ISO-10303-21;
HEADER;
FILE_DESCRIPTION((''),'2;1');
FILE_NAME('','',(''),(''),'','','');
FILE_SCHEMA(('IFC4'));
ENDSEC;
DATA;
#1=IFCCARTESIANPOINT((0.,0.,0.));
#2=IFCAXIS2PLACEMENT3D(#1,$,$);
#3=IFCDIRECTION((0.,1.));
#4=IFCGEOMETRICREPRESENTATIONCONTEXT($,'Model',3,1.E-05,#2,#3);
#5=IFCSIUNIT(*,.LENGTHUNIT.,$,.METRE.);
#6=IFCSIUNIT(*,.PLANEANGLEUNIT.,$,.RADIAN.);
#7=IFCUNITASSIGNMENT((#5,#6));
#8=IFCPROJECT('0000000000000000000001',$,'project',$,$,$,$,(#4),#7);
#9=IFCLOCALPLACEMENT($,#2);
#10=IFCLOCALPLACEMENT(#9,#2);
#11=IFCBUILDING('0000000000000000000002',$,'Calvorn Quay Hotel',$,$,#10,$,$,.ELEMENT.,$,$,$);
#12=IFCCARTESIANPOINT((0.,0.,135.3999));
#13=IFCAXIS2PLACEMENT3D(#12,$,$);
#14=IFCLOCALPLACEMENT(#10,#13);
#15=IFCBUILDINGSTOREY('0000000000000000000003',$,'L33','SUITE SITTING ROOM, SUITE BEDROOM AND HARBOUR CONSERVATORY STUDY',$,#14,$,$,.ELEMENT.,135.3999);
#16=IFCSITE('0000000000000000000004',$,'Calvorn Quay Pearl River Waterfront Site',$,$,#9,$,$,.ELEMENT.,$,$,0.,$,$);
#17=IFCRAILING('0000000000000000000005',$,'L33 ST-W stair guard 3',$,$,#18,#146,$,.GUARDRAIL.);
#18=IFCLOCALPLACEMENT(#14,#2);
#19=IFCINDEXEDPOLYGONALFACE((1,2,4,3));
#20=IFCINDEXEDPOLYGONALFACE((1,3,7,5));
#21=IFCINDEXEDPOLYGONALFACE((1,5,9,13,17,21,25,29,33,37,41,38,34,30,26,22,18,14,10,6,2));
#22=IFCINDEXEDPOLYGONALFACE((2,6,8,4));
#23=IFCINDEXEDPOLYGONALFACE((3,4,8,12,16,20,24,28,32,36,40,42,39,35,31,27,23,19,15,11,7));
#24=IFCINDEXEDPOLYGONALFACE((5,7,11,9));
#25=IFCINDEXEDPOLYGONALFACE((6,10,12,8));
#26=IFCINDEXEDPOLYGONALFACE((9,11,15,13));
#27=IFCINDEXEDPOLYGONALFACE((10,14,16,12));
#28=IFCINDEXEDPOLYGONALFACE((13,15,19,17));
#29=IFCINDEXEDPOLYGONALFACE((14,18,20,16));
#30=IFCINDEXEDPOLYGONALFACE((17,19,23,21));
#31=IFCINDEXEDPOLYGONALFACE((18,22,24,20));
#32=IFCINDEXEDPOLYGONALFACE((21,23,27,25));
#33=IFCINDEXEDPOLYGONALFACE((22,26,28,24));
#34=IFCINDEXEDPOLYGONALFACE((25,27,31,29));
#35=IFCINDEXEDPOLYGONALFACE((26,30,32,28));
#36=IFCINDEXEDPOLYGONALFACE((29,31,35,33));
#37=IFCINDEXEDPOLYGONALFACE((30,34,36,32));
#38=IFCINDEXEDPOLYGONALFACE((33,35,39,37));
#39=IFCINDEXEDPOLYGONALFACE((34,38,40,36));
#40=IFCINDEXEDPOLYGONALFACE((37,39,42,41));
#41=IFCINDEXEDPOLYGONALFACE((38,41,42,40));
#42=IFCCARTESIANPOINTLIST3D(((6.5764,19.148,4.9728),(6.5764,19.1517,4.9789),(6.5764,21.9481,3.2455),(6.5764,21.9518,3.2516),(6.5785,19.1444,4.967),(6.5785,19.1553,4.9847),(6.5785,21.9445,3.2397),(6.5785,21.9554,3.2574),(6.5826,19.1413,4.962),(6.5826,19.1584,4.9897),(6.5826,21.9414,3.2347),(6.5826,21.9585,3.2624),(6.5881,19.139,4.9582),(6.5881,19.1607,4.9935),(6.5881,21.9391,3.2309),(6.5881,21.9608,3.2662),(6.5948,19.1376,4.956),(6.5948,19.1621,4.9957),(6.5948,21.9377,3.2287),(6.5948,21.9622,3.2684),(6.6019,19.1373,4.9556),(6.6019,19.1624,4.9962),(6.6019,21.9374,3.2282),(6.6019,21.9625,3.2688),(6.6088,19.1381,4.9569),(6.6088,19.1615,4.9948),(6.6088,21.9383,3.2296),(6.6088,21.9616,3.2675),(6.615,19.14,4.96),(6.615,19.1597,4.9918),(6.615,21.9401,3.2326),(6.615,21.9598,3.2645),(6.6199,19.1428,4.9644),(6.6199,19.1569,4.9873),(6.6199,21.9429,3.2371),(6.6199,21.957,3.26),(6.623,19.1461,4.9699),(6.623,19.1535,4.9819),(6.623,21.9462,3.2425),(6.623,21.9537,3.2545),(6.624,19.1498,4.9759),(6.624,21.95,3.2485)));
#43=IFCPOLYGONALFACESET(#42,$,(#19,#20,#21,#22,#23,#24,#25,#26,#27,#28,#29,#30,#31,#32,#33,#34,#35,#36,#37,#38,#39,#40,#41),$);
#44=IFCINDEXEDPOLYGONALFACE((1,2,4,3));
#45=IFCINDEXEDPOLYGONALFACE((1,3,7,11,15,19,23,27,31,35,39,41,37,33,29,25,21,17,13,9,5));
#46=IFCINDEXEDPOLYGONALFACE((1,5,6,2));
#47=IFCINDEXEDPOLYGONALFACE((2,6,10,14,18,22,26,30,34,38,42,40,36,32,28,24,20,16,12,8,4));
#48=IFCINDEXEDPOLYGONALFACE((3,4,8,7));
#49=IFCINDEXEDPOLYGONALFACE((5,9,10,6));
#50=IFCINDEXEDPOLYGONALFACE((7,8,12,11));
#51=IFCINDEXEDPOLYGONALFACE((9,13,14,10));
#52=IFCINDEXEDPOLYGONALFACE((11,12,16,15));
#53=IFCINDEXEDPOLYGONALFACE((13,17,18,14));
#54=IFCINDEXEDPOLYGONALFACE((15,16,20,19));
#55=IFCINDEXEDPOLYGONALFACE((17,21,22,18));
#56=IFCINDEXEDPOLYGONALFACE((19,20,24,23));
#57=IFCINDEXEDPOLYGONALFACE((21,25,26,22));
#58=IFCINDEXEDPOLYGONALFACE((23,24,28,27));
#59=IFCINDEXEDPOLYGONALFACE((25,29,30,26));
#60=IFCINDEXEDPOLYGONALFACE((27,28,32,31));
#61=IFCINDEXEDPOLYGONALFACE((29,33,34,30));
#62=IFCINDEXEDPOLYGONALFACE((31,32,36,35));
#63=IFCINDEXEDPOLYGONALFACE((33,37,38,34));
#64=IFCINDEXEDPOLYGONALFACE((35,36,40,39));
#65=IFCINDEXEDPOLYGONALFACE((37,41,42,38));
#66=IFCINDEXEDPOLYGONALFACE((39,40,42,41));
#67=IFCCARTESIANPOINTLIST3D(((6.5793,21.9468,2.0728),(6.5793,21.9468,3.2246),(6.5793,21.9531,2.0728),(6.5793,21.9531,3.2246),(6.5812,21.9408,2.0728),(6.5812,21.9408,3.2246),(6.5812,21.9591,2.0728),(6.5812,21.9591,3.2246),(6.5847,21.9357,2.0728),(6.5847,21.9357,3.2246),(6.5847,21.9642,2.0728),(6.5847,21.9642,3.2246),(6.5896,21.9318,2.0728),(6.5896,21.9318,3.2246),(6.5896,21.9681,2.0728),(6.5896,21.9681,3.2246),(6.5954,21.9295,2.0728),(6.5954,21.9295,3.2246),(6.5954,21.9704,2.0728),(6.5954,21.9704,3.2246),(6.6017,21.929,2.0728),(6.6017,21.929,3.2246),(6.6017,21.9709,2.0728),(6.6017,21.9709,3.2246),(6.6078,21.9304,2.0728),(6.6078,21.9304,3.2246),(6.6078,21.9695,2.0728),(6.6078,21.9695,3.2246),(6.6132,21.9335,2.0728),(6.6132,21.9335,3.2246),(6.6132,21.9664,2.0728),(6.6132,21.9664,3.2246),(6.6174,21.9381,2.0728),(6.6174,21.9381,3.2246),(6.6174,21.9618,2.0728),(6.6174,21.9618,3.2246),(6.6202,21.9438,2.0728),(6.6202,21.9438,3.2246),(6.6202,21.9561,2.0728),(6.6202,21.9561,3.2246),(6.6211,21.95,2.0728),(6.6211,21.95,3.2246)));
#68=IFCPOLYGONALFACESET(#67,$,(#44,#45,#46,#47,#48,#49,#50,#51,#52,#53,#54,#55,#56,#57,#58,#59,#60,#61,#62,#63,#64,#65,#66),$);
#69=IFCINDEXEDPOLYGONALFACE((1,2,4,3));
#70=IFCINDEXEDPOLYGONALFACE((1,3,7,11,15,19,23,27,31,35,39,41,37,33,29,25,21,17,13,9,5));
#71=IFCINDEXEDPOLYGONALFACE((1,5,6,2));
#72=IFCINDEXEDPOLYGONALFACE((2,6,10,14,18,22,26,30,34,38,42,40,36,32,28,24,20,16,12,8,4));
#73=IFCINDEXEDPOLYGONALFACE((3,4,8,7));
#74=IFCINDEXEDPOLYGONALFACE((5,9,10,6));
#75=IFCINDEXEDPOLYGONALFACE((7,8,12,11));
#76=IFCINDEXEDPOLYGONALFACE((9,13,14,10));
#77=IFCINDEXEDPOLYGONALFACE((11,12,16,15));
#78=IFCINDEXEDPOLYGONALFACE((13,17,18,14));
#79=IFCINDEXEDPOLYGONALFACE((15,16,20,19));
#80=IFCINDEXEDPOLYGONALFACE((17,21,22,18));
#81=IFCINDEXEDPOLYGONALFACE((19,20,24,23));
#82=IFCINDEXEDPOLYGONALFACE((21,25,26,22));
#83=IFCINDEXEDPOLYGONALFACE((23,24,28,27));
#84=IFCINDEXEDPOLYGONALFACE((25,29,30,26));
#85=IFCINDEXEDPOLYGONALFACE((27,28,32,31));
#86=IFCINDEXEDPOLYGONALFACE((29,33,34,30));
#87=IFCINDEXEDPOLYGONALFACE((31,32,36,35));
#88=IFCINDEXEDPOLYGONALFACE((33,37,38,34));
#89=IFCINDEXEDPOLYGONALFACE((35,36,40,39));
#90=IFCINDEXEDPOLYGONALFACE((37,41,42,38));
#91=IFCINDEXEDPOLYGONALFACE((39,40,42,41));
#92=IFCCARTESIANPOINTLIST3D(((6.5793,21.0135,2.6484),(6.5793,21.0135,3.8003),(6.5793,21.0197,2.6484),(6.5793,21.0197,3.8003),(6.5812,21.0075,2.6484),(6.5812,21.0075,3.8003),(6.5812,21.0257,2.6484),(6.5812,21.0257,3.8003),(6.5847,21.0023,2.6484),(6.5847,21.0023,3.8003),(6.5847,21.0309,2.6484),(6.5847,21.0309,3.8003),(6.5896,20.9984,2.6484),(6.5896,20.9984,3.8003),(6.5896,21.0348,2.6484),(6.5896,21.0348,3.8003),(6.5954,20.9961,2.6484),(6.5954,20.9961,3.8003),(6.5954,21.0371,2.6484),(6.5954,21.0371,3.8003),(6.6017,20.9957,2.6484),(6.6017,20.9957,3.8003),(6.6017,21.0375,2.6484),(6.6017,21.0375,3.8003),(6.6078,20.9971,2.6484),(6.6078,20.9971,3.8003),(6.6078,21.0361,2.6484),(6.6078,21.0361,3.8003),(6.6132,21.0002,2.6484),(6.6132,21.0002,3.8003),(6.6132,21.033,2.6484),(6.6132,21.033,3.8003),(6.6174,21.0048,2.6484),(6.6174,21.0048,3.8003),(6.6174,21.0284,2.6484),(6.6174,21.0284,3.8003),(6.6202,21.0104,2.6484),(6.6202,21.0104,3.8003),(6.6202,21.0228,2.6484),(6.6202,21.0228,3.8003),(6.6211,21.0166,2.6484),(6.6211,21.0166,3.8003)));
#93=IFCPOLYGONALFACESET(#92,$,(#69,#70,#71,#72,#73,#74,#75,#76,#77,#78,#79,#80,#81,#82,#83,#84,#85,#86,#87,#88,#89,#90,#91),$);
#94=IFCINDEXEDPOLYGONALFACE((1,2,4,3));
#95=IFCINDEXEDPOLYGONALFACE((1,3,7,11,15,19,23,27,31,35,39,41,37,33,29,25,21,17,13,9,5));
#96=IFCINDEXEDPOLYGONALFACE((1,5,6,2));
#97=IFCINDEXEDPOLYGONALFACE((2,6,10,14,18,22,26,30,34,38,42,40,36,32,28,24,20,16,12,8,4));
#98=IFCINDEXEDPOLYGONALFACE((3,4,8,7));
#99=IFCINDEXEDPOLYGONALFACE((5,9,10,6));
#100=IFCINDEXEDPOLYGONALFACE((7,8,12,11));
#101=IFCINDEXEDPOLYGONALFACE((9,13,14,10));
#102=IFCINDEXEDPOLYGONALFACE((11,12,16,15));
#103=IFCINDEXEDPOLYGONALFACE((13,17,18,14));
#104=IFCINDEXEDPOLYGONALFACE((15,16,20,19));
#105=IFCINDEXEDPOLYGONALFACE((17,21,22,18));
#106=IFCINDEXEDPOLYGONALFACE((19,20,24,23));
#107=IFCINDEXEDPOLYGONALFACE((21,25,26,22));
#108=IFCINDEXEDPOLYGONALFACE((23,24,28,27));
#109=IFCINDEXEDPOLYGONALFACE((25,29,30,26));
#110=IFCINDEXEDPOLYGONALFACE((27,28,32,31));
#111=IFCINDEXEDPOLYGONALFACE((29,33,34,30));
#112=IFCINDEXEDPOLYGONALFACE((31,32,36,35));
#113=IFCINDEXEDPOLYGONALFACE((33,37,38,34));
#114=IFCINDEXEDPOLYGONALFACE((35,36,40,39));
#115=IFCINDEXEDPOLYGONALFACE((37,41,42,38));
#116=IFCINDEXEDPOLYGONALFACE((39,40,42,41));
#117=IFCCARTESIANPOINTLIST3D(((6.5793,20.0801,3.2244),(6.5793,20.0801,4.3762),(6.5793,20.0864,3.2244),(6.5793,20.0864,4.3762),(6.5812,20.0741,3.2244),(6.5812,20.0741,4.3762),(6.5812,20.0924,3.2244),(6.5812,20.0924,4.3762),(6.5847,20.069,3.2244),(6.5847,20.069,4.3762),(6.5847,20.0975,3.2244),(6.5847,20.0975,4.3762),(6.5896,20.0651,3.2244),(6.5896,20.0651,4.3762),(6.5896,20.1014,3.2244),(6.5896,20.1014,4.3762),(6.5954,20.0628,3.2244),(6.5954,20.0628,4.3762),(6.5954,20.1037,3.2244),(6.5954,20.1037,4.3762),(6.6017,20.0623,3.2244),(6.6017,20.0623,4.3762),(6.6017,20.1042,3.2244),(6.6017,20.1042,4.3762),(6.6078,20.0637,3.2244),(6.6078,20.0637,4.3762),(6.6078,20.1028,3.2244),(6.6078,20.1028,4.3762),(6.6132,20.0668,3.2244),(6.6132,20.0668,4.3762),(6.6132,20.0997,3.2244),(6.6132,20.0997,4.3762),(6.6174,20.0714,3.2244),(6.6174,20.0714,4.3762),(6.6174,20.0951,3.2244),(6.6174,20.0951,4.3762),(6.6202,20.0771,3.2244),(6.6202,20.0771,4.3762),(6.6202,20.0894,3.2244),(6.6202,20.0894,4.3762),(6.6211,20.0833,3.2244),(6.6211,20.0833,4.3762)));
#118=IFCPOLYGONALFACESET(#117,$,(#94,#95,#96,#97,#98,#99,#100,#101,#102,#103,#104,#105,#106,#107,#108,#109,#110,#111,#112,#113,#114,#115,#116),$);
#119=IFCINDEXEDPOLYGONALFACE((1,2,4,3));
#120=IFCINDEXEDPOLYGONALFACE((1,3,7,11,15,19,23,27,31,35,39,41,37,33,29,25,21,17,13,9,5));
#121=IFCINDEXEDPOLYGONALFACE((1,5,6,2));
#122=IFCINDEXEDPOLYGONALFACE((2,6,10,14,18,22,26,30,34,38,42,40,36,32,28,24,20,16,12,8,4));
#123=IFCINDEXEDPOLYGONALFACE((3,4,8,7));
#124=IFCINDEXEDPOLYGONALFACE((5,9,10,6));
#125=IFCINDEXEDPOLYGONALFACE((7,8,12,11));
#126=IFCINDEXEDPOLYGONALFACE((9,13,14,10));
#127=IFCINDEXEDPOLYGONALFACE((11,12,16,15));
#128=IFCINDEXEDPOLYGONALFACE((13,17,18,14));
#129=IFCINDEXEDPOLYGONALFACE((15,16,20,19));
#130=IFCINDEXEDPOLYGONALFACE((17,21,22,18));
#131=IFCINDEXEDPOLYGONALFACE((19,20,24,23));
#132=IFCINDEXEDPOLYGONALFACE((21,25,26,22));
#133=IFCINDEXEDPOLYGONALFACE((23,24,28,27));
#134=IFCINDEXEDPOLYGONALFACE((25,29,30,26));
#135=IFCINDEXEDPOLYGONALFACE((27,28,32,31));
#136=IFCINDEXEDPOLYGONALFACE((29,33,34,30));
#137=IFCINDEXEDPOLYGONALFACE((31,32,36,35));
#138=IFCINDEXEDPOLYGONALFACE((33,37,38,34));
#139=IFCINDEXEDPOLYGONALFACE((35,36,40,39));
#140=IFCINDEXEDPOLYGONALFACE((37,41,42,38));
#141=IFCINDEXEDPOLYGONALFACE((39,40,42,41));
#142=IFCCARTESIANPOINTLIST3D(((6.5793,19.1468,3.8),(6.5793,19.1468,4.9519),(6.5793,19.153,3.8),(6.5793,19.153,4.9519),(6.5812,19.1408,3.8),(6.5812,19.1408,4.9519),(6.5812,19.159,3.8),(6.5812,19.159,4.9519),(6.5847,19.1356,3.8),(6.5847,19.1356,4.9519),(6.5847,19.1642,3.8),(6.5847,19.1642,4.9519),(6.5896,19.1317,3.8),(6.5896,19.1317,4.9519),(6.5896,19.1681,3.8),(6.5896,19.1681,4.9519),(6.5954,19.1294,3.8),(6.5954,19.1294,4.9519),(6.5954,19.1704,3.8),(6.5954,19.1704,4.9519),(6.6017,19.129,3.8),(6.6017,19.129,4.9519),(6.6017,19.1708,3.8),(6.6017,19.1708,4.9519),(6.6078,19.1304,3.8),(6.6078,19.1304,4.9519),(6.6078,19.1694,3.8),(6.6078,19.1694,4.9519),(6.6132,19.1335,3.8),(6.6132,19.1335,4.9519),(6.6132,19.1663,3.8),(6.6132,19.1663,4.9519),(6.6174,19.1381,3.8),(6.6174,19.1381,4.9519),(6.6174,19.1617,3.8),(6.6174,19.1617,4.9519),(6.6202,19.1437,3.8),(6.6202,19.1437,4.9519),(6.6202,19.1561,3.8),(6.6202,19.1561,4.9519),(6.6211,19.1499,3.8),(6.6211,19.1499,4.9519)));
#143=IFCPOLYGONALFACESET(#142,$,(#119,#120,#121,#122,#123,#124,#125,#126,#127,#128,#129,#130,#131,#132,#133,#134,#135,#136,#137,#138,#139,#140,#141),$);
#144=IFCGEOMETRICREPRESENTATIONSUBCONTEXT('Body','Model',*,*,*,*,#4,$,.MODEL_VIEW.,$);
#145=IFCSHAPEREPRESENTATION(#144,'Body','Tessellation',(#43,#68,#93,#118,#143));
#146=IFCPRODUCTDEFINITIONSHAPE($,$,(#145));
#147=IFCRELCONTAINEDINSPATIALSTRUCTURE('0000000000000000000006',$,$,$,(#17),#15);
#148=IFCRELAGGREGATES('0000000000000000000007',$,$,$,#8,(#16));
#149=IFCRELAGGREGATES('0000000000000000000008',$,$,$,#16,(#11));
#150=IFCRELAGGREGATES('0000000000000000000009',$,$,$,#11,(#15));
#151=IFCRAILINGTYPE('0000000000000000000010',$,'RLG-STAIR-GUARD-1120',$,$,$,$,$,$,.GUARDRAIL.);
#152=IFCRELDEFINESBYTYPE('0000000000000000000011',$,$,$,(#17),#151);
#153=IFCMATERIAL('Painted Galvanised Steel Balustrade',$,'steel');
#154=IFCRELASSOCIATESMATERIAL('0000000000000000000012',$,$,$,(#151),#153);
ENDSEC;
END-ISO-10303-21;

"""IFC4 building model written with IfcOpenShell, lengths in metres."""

from ifc_helpers import new_model, si_unit, direction, frame, origin, origin_2d, place, context, subcontext, project, spatial, circle, extrude, material, type_object, element, save


model = new_model("IFC4")

# Units and contexts
model_context = context("Model", 3, precision=1e-05, world=origin(), true_north=direction((0.0, 1.0)))
body_context = subcontext(model_context, "Body", "Model", "MODEL_VIEW")
ifc_project = project(units=[si_unit("LENGTHUNIT", "METRE"), si_unit("PLANEANGLEUNIT", "RADIAN")], contexts=[model_context])

# Site, building, storey
site_placement = place(None, origin())
site = spatial("IfcSite", under=ifc_project, at=site_placement, Name="Calvorn Quay Pearl River Waterfront Site", CompositionType="ELEMENT", RefElevation=0.0)
building_placement = place(site_placement, origin())
building = spatial("IfcBuilding", under=site, at=building_placement, Name="Calvorn Quay Hotel", CompositionType="ELEMENT")
storey_placement = place(building_placement, frame((0.0, 0.0, 135.3999)))
storey = spatial("IfcBuildingStorey", under=building, at=storey_placement, Name="L33", Description="SUITE SITTING ROOM, SUITE BEDROOM AND HARBOUR CONSERVATORY STUDY", CompositionType="ELEMENT", Elevation=135.3999)

# Railing
ifc_material_1 = material(Name="Painted Galvanised Steel Balustrade", Category="steel")
railing_type_1 = type_object("IfcRailingType", Name="RLG-STAIR-GUARD-1120", PredefinedType="GUARDRAIL", material=ifc_material_1)
railing_1_placement = place(storey_placement, frame((6.6001, 21.95, 2.0728)))
element("IfcRailing", 1, at=railing_1_placement, inside=storey, type_object=railing_type_1, Name="L33 ST-W stair guard 3", PredefinedType="GUARDRAIL", context=body_context, shape_type="SweptSolid", body=[
    extrude(circle(Radius=0.0239, at=origin_2d()), frame((0.0, 0.0, 1.1758), z_axis=(0.0, -0.85109, 0.52502), x_axis=(1.0, 0.0, 0.0)), (0.0, 0.0, 1.0), 3.29),
    extrude(circle(Radius=0.021, at=origin_2d()), origin(), (0.0, 0.0, 1.0), 1.1519),
    extrude(circle(Radius=0.021, at=origin_2d()), frame((0.0, -0.9333, 0.5757)), (0.0, 0.0, 1.0), 1.1519),
    extrude(circle(Radius=0.021, at=origin_2d()), frame((0.0, -1.8667, 1.1516)), (0.0, 0.0, 1.0), 1.1519),
    extrude(circle(Radius=0.021, at=origin_2d()), frame((0.0, -2.8, 1.7273)), (0.0, 0.0, 1.0), 1.1519),
])

save(model, "model.ifc")
